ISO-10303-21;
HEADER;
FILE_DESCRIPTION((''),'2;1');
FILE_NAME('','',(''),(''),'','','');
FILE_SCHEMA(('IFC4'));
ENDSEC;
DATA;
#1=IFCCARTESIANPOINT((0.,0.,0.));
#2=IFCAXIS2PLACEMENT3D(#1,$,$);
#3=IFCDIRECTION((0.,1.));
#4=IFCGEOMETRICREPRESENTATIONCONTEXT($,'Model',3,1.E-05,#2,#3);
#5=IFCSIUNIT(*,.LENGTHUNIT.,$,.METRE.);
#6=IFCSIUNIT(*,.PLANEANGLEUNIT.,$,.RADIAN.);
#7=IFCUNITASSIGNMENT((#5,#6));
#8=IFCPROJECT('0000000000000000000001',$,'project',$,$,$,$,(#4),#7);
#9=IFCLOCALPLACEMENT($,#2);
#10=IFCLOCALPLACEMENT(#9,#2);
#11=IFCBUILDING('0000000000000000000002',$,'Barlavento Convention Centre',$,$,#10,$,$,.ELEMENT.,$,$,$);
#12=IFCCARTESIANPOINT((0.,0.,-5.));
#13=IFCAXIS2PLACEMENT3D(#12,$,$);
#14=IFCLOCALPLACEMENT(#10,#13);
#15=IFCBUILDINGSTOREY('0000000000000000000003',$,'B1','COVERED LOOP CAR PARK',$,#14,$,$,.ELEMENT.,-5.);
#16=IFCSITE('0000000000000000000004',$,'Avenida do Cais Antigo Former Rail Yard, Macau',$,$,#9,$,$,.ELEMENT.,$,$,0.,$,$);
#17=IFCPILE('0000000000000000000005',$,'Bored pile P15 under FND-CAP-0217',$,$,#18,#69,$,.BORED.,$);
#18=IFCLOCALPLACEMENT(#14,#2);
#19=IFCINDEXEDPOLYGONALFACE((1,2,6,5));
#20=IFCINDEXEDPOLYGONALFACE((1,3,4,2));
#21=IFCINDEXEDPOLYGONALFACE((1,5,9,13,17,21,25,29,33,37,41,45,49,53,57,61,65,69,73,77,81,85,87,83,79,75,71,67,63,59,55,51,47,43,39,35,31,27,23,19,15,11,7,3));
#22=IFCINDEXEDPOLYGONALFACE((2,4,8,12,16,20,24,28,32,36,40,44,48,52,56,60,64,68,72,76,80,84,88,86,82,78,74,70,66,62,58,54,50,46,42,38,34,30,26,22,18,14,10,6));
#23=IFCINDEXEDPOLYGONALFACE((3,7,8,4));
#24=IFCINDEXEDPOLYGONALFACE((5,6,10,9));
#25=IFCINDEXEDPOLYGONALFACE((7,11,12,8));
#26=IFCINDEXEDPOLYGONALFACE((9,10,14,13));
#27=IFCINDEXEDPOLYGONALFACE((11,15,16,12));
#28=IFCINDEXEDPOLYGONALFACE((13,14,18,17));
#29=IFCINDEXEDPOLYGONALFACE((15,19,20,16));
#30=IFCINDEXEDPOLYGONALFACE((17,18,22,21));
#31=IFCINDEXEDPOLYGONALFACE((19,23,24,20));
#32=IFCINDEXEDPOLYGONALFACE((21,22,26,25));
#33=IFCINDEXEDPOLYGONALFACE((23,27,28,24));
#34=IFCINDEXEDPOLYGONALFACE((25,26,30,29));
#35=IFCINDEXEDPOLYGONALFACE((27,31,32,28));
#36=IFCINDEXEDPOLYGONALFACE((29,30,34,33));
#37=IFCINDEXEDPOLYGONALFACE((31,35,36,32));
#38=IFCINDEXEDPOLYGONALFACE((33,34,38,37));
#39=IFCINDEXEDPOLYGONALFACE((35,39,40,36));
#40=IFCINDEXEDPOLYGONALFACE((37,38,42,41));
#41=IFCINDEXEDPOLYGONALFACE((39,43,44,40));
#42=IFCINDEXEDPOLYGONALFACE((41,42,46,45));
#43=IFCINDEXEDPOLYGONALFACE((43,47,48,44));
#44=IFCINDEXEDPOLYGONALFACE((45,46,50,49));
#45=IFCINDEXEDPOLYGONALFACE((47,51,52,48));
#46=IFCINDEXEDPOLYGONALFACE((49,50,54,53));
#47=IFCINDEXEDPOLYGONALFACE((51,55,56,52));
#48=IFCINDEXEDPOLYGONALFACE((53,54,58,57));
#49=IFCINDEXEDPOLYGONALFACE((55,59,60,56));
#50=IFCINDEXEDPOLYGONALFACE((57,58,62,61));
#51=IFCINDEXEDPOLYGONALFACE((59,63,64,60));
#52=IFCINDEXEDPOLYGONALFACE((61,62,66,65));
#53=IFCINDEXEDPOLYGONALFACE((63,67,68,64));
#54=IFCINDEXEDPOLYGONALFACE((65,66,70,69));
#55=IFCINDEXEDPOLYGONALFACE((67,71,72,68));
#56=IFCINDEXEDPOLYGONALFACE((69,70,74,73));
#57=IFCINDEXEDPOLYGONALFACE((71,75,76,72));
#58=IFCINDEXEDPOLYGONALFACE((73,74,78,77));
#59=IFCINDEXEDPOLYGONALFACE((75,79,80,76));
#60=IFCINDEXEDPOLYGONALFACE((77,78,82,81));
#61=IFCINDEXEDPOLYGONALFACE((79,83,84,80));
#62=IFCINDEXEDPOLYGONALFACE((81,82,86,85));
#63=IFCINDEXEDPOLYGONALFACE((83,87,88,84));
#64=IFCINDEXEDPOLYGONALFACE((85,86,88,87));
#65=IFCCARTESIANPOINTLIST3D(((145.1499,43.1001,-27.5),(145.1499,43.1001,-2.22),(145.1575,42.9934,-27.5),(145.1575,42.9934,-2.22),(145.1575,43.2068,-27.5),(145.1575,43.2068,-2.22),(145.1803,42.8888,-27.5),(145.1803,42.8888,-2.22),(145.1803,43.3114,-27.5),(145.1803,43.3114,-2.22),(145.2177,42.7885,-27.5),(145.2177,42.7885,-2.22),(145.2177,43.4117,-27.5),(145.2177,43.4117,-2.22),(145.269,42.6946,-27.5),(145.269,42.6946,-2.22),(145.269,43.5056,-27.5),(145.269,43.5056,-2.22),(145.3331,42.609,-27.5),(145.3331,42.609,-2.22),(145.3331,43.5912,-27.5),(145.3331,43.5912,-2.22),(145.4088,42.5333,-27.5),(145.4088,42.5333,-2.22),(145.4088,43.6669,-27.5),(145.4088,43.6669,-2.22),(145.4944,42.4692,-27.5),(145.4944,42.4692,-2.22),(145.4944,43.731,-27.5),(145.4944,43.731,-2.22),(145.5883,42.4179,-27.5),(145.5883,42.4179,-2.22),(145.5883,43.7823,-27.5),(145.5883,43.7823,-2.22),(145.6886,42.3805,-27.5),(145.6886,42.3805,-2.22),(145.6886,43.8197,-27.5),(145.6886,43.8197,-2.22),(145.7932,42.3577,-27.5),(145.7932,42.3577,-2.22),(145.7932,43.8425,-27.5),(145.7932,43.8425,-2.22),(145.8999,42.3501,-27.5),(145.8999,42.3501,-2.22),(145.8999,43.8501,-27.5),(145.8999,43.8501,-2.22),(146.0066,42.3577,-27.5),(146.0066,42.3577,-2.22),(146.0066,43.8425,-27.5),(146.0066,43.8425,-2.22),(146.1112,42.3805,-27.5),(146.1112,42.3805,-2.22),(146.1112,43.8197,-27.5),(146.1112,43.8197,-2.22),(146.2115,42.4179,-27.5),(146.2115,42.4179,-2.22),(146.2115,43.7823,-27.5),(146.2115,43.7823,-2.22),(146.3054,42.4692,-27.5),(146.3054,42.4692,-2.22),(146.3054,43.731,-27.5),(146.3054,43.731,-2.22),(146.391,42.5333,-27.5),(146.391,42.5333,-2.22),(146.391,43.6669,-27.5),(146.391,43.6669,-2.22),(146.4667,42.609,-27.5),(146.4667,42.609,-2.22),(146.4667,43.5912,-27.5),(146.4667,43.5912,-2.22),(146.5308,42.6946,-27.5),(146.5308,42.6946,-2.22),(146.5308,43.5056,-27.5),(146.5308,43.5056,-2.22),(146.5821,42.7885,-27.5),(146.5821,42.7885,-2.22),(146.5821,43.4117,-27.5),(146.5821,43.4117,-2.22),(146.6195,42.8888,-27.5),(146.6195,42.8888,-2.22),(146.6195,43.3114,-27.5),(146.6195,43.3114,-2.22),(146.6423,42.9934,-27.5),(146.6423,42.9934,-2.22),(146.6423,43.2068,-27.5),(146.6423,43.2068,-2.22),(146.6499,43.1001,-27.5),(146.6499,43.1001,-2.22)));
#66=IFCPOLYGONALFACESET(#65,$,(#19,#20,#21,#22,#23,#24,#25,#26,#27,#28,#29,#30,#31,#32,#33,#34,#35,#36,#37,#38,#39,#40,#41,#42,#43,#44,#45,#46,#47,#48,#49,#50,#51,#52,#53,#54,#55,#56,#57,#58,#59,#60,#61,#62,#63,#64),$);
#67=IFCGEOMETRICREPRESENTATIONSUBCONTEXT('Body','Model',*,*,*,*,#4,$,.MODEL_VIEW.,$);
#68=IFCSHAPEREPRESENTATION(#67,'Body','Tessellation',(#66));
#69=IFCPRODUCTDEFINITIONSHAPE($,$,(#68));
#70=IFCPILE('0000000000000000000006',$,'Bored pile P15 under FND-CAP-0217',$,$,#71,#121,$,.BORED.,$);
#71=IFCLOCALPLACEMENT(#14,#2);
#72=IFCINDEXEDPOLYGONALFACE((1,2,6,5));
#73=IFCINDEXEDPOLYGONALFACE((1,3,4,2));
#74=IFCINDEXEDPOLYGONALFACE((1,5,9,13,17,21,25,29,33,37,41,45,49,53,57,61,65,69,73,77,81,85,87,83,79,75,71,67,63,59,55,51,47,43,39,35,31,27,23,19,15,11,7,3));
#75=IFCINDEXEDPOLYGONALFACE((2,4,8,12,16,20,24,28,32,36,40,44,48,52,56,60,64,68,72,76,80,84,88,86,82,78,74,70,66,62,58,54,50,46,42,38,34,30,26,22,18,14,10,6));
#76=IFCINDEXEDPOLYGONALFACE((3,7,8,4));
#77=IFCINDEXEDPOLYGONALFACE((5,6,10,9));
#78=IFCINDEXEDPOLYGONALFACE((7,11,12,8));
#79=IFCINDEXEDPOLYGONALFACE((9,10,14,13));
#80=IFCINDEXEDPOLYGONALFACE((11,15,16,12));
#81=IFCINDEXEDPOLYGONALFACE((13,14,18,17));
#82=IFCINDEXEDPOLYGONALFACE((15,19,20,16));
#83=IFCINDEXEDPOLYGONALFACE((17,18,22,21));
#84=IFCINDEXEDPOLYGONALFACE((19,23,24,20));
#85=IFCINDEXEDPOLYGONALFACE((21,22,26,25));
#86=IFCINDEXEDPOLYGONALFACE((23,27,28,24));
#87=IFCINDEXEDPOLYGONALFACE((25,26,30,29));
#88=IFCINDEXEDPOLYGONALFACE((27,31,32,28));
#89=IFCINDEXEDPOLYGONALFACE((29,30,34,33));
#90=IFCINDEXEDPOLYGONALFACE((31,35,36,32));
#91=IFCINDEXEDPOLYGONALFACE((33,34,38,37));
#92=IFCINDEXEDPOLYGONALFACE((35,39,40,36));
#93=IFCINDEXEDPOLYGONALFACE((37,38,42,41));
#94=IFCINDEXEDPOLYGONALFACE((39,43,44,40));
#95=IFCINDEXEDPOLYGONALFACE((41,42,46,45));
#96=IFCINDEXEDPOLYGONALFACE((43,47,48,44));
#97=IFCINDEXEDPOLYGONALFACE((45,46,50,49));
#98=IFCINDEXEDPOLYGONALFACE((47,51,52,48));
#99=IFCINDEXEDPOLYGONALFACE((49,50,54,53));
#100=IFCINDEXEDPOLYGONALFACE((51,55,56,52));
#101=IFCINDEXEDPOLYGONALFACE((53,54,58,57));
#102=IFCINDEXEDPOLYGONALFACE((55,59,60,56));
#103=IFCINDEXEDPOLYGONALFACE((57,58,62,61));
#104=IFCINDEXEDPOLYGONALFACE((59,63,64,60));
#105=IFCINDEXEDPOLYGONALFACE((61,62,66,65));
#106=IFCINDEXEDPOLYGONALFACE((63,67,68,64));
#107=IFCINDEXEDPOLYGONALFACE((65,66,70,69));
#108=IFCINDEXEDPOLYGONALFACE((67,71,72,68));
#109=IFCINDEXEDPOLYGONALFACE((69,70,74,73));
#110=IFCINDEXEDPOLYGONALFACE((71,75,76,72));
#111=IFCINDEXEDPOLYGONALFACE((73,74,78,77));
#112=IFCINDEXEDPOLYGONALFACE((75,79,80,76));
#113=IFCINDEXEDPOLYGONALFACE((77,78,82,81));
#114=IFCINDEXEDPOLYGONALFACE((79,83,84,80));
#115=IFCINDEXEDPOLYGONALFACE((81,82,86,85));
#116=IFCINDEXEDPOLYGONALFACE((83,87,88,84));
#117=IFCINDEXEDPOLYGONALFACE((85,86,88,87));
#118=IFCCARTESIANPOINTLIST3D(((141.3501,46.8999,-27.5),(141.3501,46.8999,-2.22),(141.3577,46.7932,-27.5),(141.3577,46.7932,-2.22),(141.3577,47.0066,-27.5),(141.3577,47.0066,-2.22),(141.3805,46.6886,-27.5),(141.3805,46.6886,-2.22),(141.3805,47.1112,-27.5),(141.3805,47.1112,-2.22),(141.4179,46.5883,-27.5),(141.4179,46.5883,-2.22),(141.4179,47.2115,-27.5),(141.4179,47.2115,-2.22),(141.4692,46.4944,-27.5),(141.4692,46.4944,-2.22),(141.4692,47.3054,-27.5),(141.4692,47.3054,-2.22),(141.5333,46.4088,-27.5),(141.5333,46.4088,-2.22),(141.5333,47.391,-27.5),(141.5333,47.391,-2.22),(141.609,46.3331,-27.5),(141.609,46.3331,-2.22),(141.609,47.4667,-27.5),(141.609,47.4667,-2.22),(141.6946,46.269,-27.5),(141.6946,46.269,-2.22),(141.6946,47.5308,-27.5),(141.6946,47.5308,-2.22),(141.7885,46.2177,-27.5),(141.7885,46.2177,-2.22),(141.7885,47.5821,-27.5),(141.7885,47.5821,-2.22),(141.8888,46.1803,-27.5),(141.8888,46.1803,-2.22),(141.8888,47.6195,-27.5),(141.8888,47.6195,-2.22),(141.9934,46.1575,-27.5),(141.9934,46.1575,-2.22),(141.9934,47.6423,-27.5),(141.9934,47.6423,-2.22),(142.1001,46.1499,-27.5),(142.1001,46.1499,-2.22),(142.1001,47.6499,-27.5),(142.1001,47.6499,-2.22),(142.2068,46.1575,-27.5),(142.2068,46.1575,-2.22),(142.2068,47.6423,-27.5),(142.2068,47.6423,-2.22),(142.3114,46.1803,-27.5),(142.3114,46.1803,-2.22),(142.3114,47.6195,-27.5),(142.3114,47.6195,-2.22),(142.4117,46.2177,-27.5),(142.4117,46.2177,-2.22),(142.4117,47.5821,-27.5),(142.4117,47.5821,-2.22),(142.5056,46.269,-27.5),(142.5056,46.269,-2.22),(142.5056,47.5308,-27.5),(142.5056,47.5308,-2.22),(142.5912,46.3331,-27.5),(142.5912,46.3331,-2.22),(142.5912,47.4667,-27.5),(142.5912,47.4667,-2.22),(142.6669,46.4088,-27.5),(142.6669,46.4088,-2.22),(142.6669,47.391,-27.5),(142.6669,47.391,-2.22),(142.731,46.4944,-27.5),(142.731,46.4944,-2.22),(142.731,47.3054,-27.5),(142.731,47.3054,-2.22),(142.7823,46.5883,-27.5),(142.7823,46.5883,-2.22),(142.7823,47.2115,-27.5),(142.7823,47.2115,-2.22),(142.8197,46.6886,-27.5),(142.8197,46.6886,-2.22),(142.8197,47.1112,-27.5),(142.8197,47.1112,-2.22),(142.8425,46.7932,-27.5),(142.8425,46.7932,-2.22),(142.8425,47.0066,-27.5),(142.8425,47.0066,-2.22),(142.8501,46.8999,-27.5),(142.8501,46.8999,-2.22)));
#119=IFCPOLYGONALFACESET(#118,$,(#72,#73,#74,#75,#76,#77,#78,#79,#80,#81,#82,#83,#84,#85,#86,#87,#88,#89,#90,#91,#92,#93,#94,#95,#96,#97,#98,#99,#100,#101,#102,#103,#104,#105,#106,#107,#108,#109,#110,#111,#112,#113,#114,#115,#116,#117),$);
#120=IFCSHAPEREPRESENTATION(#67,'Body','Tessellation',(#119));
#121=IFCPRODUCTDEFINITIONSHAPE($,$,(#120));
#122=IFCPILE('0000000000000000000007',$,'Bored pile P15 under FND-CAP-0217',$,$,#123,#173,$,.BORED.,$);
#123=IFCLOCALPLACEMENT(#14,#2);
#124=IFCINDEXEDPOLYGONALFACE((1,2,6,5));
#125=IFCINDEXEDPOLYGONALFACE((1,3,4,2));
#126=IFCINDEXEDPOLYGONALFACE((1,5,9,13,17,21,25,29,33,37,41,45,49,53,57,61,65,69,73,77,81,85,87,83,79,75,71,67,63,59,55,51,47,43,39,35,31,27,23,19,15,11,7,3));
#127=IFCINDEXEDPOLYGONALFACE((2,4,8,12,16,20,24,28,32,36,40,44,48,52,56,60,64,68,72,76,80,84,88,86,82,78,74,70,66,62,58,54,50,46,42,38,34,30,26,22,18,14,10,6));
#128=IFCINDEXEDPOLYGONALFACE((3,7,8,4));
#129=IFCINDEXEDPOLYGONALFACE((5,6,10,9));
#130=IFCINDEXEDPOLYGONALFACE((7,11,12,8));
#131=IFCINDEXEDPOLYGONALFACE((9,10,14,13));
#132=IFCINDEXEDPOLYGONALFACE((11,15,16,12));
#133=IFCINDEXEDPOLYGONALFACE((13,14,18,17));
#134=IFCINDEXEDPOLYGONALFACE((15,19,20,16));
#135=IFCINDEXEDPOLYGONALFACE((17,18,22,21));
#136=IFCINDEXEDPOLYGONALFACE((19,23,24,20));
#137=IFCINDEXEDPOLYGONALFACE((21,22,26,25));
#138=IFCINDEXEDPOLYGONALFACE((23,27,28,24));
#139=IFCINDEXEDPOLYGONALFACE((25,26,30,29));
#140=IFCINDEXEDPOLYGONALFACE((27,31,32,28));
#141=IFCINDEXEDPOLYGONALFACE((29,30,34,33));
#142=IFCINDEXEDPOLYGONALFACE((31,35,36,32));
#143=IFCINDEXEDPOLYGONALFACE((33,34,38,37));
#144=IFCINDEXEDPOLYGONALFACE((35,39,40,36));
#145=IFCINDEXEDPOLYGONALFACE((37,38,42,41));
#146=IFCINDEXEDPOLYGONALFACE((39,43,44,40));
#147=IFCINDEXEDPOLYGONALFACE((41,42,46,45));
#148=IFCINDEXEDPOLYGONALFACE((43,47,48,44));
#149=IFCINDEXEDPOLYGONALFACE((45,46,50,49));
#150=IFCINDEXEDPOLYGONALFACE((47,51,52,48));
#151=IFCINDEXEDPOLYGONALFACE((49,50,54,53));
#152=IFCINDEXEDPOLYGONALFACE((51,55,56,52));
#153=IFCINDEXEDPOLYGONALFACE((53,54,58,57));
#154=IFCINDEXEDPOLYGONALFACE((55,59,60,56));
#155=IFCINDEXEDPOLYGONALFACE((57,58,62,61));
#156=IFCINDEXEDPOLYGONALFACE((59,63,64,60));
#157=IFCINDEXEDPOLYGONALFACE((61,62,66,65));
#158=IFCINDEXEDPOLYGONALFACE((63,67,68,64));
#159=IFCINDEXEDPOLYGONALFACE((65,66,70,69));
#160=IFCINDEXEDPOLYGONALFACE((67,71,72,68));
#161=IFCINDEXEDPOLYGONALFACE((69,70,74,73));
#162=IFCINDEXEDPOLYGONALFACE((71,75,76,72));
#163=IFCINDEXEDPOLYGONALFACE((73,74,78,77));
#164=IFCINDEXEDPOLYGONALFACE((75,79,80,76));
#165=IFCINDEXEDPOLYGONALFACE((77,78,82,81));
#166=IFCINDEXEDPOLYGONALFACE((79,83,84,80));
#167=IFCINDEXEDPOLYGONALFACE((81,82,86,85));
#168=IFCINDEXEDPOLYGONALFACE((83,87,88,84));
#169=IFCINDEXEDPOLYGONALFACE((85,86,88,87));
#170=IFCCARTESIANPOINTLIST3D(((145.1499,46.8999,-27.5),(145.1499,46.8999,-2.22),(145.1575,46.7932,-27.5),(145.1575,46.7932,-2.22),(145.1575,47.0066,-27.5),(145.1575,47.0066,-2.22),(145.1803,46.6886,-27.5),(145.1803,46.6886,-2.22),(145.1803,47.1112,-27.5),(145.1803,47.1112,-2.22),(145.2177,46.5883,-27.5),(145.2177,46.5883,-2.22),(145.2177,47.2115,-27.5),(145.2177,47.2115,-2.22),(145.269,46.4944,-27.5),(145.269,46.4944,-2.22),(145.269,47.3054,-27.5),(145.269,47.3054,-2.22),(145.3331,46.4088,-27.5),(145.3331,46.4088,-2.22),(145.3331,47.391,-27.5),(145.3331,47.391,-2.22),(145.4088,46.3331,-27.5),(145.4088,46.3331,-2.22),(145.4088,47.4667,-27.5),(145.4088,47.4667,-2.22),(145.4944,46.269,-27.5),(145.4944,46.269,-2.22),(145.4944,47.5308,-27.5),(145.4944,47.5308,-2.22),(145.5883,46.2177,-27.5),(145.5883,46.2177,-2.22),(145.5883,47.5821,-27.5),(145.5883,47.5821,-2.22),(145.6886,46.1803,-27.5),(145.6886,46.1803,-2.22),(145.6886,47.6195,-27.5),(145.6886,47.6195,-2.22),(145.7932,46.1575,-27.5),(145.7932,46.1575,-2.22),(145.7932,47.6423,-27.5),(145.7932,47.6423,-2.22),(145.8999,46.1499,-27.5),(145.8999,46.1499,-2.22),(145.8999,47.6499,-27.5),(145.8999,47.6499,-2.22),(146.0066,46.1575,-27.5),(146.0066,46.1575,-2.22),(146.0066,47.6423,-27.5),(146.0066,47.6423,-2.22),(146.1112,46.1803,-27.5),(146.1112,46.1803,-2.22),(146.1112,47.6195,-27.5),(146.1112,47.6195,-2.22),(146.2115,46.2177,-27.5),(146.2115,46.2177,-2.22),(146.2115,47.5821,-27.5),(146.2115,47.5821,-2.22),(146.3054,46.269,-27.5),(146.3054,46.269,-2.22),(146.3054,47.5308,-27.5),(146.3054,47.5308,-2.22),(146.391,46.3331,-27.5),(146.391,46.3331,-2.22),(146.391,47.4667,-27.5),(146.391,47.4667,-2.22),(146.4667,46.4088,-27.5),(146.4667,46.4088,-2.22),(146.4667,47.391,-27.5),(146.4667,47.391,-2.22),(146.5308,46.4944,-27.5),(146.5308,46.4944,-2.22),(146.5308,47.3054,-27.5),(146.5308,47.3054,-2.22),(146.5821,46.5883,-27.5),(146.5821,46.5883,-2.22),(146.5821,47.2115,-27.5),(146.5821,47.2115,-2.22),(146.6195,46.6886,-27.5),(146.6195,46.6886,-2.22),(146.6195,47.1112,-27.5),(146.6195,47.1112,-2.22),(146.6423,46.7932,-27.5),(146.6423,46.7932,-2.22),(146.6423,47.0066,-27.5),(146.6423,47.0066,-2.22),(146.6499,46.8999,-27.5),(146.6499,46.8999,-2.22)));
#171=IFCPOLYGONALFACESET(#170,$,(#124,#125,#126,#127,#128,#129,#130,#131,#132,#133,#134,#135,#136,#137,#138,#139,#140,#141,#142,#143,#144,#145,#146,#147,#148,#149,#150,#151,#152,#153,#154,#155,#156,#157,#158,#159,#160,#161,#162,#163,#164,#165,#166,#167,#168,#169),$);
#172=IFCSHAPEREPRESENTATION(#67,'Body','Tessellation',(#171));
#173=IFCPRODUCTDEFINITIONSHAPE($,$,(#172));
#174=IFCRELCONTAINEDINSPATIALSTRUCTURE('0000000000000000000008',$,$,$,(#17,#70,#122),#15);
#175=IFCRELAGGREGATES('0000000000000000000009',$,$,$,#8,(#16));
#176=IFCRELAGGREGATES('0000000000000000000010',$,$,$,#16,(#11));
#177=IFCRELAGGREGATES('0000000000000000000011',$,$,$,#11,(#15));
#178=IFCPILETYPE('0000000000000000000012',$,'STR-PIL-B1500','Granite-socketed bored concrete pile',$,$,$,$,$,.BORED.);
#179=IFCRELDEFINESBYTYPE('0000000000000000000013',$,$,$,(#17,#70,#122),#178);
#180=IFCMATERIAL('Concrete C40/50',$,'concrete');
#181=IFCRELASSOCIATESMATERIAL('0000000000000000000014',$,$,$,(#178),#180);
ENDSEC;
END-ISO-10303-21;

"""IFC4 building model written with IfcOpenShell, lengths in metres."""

from ifc_helpers import new_model, si_unit, direction, frame, origin, origin_2d, place, context, subcontext, project, spatial, circle, extrude, material, material_profile, profile_set, type_object, element, save


model = new_model("IFC4")

# Units and contexts
model_context = context("Model", 3, precision=1e-05, world=origin(), true_north=direction((0.0, 1.0)))
body_context = subcontext(model_context, "Body", "Model", "MODEL_VIEW")
ifc_project = project(units=[si_unit("LENGTHUNIT", "METRE"), si_unit("PLANEANGLEUNIT", "RADIAN")], contexts=[model_context])

# Site, building, storey
site_placement = place(None, origin())
site = spatial("IfcSite", under=ifc_project, at=site_placement, Name="Avenida do Cais Antigo Former Rail Yard, Macau", CompositionType="ELEMENT", RefElevation=0.0)
building_placement = place(site_placement, origin())
building = spatial("IfcBuilding", under=site, at=building_placement, Name="Barlavento Convention Centre", CompositionType="ELEMENT")
storey_placement = place(building_placement, frame((0.0, 0.0, -5.0)))
storey = spatial("IfcBuildingStorey", under=building, at=storey_placement, Name="B1", Description="COVERED LOOP CAR PARK", CompositionType="ELEMENT", Elevation=-5.0)

# Shared definitions
ifc_material_1 = material(Name="Concrete C40/50", Category="concrete")

# Piles
ifc_material_profile_1 = material_profile(ifc_material_1, circle(Radius=0.75, at=origin_2d()), Name="BORED PILE 1500")
ifc_profile_set_1 = profile_set([ifc_material_profile_1], Name="Concrete C40/50")
pile_type_1 = type_object("IfcPileType", Name="STR-PIL-B1500", Description="Granite-socketed bored concrete pile", PredefinedType="BORED", material=ifc_profile_set_1)
for number, where, z_axis, x_axis, name in (
    (1, (145.8999, 43.1001, -2.22), (0.0, 0.0, -1.0), (1.0, 0.0, 0.0), "Bored pile P15 under FND-CAP-0217"),
    (2, (142.1001, 46.8999, -2.22), (0.0, 0.0, -1.0), (1.0, 0.0, 0.0), "Bored pile P15 under FND-CAP-0217"),
    (3, (145.8999, 46.8999, -2.22), (0.0, 0.0, -1.0), (1.0, 0.0, 0.0), "Bored pile P15 under FND-CAP-0217"),
):
    element("IfcPile", number, at=place(storey_placement, frame(where, z_axis=z_axis, x_axis=x_axis)), inside=storey, type_object=pile_type_1, Name=name, PredefinedType="BORED", context=body_context, shape_type="SweptSolid", body=[
        extrude(circle(Radius=0.75, at=origin_2d()), origin(), (0.0, 0.0, 1.0), 25.28),
    ])

save(model, "model.ifc")
